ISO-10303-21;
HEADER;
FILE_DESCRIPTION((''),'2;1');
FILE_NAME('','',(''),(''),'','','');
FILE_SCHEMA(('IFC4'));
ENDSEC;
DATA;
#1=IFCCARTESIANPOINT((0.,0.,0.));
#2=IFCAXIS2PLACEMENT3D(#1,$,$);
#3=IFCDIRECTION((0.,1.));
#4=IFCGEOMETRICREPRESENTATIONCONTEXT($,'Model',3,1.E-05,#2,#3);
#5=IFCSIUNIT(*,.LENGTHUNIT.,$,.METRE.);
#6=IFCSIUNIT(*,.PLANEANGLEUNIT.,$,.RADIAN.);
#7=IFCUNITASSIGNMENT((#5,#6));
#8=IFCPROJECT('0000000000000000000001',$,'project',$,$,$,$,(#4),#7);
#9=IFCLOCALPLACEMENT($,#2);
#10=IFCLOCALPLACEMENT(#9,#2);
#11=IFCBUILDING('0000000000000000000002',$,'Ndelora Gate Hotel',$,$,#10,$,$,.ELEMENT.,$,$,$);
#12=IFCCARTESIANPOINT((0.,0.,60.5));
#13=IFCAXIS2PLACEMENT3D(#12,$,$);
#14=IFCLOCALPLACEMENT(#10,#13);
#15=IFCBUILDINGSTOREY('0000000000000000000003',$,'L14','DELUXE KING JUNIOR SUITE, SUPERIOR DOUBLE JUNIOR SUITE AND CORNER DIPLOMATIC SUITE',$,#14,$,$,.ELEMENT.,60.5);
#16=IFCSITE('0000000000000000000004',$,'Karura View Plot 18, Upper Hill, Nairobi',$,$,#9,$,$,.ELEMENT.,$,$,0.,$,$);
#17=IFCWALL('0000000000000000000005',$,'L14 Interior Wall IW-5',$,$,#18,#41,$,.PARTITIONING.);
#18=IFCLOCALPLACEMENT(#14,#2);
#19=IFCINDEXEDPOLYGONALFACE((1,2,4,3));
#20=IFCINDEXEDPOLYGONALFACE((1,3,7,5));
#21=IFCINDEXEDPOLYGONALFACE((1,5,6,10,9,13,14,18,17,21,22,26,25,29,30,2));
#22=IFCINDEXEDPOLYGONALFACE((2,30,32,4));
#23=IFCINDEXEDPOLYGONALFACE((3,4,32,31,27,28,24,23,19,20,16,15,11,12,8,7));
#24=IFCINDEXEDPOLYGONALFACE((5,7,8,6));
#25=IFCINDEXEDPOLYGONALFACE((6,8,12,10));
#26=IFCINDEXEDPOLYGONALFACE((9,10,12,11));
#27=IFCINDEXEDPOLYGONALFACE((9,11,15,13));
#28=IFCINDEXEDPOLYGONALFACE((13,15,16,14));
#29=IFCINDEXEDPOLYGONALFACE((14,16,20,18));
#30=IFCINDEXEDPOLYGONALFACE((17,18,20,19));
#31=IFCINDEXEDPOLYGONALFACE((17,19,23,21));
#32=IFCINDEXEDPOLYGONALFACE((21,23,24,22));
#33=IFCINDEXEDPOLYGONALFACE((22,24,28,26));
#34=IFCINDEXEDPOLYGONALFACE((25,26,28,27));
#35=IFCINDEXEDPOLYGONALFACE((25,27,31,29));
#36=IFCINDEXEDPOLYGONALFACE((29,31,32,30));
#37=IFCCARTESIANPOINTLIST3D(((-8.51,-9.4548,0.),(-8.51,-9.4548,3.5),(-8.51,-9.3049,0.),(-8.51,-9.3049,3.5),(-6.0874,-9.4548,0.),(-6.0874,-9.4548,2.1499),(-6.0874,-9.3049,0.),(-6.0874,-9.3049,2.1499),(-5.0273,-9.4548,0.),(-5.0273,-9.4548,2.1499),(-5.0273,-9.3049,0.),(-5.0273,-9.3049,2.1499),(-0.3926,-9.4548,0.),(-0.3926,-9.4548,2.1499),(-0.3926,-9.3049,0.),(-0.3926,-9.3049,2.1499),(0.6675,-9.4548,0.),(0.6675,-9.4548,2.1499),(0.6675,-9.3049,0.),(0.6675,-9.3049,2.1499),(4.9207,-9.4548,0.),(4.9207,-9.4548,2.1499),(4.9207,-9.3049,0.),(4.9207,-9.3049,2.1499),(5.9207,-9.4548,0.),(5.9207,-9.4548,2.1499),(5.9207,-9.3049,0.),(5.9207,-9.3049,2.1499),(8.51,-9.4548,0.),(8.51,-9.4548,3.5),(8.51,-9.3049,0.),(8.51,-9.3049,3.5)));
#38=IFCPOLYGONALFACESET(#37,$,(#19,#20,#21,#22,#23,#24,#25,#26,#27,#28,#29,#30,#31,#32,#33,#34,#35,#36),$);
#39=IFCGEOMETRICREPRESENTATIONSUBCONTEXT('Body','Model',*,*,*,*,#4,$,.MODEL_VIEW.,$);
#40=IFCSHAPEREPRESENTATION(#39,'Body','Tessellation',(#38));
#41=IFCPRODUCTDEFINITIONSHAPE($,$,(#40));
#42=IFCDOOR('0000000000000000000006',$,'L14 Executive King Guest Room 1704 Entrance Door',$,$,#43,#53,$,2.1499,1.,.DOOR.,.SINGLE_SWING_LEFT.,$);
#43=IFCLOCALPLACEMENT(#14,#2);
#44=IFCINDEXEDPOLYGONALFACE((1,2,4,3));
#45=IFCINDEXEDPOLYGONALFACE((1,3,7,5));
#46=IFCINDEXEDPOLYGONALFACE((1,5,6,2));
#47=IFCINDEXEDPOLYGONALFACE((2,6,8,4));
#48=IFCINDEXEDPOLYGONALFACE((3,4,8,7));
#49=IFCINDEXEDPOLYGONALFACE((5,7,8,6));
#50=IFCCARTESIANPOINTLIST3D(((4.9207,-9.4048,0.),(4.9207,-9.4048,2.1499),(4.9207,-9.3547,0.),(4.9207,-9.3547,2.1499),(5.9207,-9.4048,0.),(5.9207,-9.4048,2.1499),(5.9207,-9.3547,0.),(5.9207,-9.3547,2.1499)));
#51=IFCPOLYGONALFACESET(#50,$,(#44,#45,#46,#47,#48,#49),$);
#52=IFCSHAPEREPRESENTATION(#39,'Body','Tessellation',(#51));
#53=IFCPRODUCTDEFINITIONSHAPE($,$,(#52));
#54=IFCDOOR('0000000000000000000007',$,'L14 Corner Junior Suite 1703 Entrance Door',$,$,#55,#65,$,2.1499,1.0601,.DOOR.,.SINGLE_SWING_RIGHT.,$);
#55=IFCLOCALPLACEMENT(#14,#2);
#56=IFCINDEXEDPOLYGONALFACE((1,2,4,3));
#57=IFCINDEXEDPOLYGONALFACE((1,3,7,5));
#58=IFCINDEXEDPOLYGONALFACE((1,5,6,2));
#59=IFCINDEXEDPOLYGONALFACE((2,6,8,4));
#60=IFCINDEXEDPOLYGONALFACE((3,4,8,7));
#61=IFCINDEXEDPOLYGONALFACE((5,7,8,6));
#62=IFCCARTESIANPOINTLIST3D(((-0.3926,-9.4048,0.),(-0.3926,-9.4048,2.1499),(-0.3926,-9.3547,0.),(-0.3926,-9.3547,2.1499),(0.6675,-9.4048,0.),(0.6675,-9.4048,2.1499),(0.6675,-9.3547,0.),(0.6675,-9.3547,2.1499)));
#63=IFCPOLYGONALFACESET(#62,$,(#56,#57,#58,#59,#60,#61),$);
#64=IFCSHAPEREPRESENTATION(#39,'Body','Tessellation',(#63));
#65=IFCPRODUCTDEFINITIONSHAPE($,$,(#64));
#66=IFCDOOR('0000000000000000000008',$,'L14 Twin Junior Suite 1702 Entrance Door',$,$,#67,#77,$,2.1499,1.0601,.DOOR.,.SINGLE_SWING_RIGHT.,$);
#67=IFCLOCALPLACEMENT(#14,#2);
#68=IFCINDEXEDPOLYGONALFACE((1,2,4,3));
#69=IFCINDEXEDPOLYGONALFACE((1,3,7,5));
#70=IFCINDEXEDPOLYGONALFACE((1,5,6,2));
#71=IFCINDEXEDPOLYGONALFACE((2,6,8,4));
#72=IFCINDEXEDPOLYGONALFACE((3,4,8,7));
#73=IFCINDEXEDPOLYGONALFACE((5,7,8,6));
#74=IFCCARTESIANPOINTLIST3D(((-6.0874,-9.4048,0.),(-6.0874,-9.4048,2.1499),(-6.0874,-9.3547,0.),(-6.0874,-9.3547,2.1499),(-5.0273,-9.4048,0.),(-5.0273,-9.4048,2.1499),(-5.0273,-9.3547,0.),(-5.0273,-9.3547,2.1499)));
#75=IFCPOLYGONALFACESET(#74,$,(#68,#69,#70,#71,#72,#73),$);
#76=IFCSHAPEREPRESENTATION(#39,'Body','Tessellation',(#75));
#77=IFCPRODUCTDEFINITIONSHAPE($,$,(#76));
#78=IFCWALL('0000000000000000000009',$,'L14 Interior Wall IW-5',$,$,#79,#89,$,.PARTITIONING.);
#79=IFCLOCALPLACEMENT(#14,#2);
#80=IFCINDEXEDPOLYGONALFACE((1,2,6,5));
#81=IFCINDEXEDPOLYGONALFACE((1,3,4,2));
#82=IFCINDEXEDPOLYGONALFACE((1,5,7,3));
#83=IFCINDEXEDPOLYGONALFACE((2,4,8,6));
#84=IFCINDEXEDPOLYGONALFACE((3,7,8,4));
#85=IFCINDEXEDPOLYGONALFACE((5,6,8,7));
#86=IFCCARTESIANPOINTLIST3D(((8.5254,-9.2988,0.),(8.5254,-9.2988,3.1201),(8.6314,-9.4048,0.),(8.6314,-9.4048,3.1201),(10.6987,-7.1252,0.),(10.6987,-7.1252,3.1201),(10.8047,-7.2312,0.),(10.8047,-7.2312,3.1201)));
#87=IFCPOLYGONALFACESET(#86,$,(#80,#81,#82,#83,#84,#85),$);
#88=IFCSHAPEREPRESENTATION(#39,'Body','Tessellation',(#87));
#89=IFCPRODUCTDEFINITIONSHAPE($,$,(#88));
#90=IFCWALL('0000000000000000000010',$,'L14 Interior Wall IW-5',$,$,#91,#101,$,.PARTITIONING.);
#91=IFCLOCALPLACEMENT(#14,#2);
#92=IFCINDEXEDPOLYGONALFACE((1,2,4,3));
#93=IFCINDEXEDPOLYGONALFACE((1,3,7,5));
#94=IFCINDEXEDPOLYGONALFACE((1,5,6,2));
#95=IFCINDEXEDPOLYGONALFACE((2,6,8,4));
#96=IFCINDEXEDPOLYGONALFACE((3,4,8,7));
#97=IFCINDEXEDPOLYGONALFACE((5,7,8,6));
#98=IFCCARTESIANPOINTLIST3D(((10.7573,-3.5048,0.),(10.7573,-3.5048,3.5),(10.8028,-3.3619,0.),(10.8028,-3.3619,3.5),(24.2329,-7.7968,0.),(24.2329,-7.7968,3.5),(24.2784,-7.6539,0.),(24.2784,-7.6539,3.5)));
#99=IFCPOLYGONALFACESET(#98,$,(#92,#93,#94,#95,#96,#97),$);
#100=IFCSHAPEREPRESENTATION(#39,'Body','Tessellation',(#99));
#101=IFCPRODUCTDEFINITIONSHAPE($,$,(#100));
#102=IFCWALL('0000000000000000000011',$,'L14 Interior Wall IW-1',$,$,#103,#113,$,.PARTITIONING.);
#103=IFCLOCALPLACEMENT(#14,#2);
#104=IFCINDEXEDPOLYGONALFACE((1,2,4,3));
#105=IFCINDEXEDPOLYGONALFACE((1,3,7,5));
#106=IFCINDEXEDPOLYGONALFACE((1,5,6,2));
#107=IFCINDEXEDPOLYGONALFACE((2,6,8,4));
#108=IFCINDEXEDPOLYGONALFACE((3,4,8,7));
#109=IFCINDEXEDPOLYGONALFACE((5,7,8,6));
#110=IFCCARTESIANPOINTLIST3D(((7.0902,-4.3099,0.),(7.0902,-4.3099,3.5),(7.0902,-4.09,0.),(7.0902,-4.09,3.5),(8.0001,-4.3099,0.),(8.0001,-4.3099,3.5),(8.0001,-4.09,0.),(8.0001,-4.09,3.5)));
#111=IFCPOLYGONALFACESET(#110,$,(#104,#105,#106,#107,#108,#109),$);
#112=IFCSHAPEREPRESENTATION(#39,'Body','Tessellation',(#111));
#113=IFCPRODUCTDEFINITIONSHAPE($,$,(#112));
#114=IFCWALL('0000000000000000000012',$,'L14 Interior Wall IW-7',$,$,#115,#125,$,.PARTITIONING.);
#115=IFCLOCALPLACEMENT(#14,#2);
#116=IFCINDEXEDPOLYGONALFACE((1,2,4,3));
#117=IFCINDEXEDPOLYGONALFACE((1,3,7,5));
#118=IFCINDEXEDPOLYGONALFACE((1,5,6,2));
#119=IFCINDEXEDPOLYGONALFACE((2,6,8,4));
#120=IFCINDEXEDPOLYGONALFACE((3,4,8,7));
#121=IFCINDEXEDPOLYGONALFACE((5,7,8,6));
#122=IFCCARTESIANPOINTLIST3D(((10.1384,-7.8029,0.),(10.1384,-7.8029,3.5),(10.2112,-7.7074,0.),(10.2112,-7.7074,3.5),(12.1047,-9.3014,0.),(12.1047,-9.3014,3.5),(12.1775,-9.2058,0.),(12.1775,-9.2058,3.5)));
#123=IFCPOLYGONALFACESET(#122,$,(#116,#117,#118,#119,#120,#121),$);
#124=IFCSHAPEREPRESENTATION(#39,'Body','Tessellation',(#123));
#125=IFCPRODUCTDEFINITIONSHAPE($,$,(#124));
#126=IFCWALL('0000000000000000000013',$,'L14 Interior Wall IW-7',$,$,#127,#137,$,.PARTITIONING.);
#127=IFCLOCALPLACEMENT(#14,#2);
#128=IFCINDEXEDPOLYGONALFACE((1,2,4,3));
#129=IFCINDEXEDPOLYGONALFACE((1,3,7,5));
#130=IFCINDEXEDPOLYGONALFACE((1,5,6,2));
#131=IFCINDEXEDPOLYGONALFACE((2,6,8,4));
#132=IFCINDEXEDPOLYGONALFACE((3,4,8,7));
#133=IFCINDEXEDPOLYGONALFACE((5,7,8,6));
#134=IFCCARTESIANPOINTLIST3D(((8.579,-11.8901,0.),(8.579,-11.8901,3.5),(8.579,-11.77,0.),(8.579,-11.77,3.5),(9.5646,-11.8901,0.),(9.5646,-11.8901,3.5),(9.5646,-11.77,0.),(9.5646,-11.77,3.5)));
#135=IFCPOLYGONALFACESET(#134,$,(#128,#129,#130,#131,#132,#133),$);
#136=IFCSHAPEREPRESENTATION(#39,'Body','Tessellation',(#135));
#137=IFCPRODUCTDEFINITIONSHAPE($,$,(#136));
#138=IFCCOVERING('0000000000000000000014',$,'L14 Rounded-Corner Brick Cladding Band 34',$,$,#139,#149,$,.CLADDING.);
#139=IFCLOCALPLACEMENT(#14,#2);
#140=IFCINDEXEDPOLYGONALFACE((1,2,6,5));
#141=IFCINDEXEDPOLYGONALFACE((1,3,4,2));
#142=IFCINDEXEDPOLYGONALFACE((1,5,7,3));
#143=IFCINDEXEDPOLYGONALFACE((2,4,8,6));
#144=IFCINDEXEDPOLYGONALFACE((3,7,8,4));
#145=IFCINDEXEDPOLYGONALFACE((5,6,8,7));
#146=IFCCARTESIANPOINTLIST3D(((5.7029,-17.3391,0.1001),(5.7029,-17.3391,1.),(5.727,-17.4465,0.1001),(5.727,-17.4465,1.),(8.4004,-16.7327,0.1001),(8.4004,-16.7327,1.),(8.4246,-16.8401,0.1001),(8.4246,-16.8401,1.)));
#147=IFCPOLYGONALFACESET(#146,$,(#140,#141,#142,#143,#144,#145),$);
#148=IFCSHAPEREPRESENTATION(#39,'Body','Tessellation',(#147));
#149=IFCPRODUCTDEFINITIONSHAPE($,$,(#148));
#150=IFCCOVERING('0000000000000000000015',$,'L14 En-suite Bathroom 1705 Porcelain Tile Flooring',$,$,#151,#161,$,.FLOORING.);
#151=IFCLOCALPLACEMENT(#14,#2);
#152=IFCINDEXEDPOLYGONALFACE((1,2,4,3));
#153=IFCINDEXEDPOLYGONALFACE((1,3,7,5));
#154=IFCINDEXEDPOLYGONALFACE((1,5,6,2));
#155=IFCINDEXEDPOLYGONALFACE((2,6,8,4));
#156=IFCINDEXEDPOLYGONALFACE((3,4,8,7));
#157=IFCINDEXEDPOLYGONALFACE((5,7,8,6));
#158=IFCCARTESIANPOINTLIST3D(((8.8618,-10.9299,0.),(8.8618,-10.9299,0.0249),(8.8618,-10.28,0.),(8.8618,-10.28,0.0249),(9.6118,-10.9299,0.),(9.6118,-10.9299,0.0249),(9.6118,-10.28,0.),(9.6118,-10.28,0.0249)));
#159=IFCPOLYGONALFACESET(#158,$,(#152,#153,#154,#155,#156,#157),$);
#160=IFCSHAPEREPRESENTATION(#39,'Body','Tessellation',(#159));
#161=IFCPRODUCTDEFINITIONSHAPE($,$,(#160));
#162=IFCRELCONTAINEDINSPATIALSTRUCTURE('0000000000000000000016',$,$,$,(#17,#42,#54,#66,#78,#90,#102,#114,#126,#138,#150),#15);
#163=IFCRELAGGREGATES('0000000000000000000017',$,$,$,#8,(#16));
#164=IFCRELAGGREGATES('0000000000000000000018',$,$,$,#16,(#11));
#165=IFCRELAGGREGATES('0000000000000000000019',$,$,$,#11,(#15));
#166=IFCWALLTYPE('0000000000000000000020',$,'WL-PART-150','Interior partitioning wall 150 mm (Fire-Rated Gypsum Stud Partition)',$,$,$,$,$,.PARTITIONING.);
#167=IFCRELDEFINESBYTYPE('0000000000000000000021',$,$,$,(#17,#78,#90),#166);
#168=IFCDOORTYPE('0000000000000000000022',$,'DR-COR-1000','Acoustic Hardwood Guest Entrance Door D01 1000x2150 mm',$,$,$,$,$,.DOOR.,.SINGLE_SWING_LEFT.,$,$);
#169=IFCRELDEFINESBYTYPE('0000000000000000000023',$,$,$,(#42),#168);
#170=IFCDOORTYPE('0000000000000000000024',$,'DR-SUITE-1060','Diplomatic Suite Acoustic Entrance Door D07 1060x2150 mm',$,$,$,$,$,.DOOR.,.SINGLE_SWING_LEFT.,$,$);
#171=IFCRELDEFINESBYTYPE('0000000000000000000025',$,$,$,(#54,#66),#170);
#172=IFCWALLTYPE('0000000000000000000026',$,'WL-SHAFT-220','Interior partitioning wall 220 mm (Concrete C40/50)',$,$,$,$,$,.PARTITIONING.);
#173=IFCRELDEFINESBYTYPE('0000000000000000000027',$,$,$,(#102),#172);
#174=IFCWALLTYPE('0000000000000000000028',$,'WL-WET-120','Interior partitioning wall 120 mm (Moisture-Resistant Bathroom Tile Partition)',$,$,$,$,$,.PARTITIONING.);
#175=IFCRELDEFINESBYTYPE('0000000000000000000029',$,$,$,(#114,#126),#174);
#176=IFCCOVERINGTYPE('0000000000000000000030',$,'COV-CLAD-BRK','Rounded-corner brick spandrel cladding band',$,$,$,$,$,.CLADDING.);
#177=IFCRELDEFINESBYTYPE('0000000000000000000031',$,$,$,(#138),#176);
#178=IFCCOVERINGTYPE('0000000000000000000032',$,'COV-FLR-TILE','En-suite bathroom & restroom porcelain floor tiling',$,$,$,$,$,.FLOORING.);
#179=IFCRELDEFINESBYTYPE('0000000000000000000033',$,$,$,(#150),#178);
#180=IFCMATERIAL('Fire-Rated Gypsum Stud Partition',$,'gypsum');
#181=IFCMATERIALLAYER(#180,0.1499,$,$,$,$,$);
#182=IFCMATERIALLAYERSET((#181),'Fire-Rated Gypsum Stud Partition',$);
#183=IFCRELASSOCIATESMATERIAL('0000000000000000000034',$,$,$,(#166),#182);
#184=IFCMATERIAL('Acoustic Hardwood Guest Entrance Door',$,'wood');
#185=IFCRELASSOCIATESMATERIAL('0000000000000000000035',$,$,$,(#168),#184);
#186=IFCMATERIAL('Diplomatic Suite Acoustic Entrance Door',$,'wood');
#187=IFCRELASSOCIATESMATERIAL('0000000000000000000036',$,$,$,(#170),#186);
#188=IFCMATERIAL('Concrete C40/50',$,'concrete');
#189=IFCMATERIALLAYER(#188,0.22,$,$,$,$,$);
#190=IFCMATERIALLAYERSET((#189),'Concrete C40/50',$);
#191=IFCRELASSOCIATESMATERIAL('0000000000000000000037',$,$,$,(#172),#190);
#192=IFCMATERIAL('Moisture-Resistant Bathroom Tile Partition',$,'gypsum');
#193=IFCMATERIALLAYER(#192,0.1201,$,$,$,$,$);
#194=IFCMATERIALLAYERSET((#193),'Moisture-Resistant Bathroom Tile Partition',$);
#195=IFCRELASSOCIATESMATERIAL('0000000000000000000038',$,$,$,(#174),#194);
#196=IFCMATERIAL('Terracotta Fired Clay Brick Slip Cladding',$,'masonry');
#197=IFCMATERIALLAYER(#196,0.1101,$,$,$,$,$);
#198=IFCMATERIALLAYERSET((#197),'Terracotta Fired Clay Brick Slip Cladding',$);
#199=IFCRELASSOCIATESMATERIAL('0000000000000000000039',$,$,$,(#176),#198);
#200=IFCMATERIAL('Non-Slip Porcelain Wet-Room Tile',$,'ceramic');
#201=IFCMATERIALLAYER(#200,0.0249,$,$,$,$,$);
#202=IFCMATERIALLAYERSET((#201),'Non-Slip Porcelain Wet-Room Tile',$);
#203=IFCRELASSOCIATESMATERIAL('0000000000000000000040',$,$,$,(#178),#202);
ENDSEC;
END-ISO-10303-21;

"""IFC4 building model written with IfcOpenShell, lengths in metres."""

from ifc_helpers import new_model, si_unit, direction, frame, frame_2d, origin, origin_2d, place, context, subcontext, project, spatial, rectangle, extrude, material, layer, layer_set, type_object, element, fill, save


model = new_model("IFC4")

# Units and contexts
model_context = context("Model", 3, precision=1e-05, world=origin(), true_north=direction((0.0, 1.0)))
body_context = subcontext(model_context, "Body", "Model", "MODEL_VIEW")
ifc_project = project(units=[si_unit("LENGTHUNIT", "METRE"), si_unit("PLANEANGLEUNIT", "RADIAN")], contexts=[model_context])

# Site, building, storey
site_placement = place(None, origin())
site = spatial("IfcSite", under=ifc_project, at=site_placement, Name="Karura View Plot 18, Upper Hill, Nairobi", CompositionType="ELEMENT", RefElevation=0.0)
building_placement = place(site_placement, origin())
building = spatial("IfcBuilding", under=site, at=building_placement, Name="Ndelora Gate Hotel", CompositionType="ELEMENT")
storey_placement = place(building_placement, frame((0.0, 0.0, 60.5)))
storey = spatial("IfcBuildingStorey", under=building, at=storey_placement, Name="L14", Description="DELUXE KING JUNIOR SUITE, SUPERIOR DOUBLE JUNIOR SUITE AND CORNER DIPLOMATIC SUITE", CompositionType="ELEMENT", Elevation=60.5)

# Wall, openings, doors
ifc_material_1 = material(Name="Fire-Rated Gypsum Stud Partition", Category="gypsum")
ifc_layer_1 = layer(ifc_material_1, 0.1499)
ifc_layer_set_1 = layer_set([ifc_layer_1], Name="Fire-Rated Gypsum Stud Partition")
wall_type_1 = type_object("IfcWallType", Name="WL-PART-150", Description="Interior partitioning wall 150 mm (Fire-Rated Gypsum Stud Partition)", PredefinedType="PARTITIONING", material=ifc_layer_set_1)
wall_1_placement = place(storey_placement, frame((8.51, -9.3799, 0.0), z_axis=(0.0, 0.0, 1.0), x_axis=(-1.0, 0.0, 0.0)))
wall_1 = element("IfcWall", 1, at=wall_1_placement, inside=storey, type_object=wall_type_1, Name="L14 Interior Wall IW-5", PredefinedType="PARTITIONING", context=body_context, shape_type="SweptSolid", body=[
    extrude(rectangle(XDim=17.02, YDim=0.1499, at=frame_2d((8.51, 0.0))), origin(), (0.0, 0.0, 1.0), 3.5),
])
opening_1_placement = place(wall_1_placement, frame((2.5894, 0.0, 0.0)))
opening_1 = element("IfcOpeningElement", 2, at=opening_1_placement, cuts=wall_1, PredefinedType="OPENING", context=body_context, shape_type="SweptSolid", body=[
    extrude(rectangle(XDim=1.0, YDim=2.1499, at=frame_2d((0.5, 1.075))), frame((0.0, 0.085, 0.0), z_axis=(0.0, -1.0, 0.0), x_axis=(1.0, 0.0, 0.0)), (0.0, 0.0, 1.0), 0.1699),
])
opening_2_placement = place(wall_1_placement, frame((7.8425, 0.0, 0.0)))
opening_2 = element("IfcOpeningElement", 3, at=opening_2_placement, cuts=wall_1, PredefinedType="OPENING", context=body_context, shape_type="SweptSolid", body=[
    extrude(rectangle(XDim=1.0601, YDim=2.1499, at=frame_2d((0.53, 1.075))), frame((0.0, 0.085, 0.0), z_axis=(0.0, -1.0, 0.0), x_axis=(1.0, 0.0, 0.0)), (0.0, 0.0, 1.0), 0.1699),
])
opening_3_placement = place(wall_1_placement, frame((13.5374, 0.0, 0.0)))
opening_3 = element("IfcOpeningElement", 4, at=opening_3_placement, cuts=wall_1, PredefinedType="OPENING", context=body_context, shape_type="SweptSolid", body=[
    extrude(rectangle(XDim=1.0601, YDim=2.1499, at=frame_2d((0.53, 1.075))), frame((0.0, 0.085, 0.0), z_axis=(0.0, -1.0, 0.0), x_axis=(1.0, 0.0, 0.0)), (0.0, 0.0, 1.0), 0.1699),
])
ifc_material_2 = material(Name="Acoustic Hardwood Guest Entrance Door", Category="wood")
door_type_1 = type_object("IfcDoorType", Name="DR-COR-1000", Description="Acoustic Hardwood Guest Entrance Door D01 1000x2150 mm", OperationType="SINGLE_SWING_LEFT", PredefinedType="DOOR", material=ifc_material_2)
door_1_placement = place(opening_1_placement, origin())
door_1 = element("IfcDoor", 5, at=door_1_placement, inside=storey, type_object=door_type_1, Name="L14 Executive King Guest Room 1704 Entrance Door", OperationType="SINGLE_SWING_LEFT", OverallHeight=2.1499, OverallWidth=1.0, PredefinedType="DOOR", context=body_context, shape_type="SweptSolid", body=[
    extrude(rectangle(XDim=1.0, YDim=2.1499, at=frame_2d((0.5, 1.075))), frame((0.0, 0.0249, 0.0), z_axis=(0.0, -1.0, 0.0), x_axis=(1.0, 0.0, 0.0)), (0.0, 0.0, 1.0), 0.05),
])
fill(opening_1, door_1)
ifc_material_3 = material(Name="Diplomatic Suite Acoustic Entrance Door", Category="wood")
door_type_2 = type_object("IfcDoorType", Name="DR-SUITE-1060", Description="Diplomatic Suite Acoustic Entrance Door D07 1060x2150 mm", OperationType="SINGLE_SWING_LEFT", PredefinedType="DOOR", material=ifc_material_3)
door_2_placement = place(opening_2_placement, origin())
door_2 = element("IfcDoor", 6, at=door_2_placement, inside=storey, type_object=door_type_2, Name="L14 Corner Junior Suite 1703 Entrance Door", OperationType="SINGLE_SWING_RIGHT", OverallHeight=2.1499, OverallWidth=1.0601, PredefinedType="DOOR", context=body_context, shape_type="SweptSolid", body=[
    extrude(rectangle(XDim=1.0601, YDim=2.1499, at=frame_2d((0.53, 1.075))), frame((0.0, 0.0249, 0.0), z_axis=(0.0, -1.0, 0.0), x_axis=(1.0, 0.0, 0.0)), (0.0, 0.0, 1.0), 0.05),
])
fill(opening_2, door_2)
door_3_placement = place(opening_3_placement, origin())
door_3 = element("IfcDoor", 7, at=door_3_placement, inside=storey, type_object=door_type_2, Name="L14 Twin Junior Suite 1702 Entrance Door", OperationType="SINGLE_SWING_RIGHT", OverallHeight=2.1499, OverallWidth=1.0601, PredefinedType="DOOR", context=body_context, shape_type="SweptSolid", body=[
    extrude(rectangle(XDim=1.0601, YDim=2.1499, at=frame_2d((0.53, 1.075))), frame((0.0, 0.0249, 0.0), z_axis=(0.0, -1.0, 0.0), x_axis=(1.0, 0.0, 0.0)), (0.0, 0.0, 1.0), 0.05),
])
fill(opening_3, door_3)

# Walls
wall_2_placement = place(storey_placement, frame((10.7517, -7.1782, 0.0), z_axis=(0.0, 0.0, 1.0), x_axis=(-0.707067, -0.707146, 0.0)))
element("IfcWall", 8, at=wall_2_placement, inside=storey, type_object=wall_type_1, Name="L14 Interior Wall IW-5", PredefinedType="PARTITIONING", context=body_context, shape_type="SweptSolid", body=[
    extrude(rectangle(XDim=3.0737, YDim=0.1499, at=frame_2d((1.5369, 0.0))), origin(), (0.0, 0.0, 1.0), 3.1201),
])
wall_3_placement = place(storey_placement, frame((10.78, -3.4333, 0.0), z_axis=(0.0, 0.0, 1.0), x_axis=(0.952838, -0.30348, 0.0)))
element("IfcWall", 9, at=wall_3_placement, inside=storey, type_object=wall_type_1, Name="L14 Interior Wall IW-5", PredefinedType="PARTITIONING", context=body_context, shape_type="SweptSolid", body=[
    extrude(rectangle(XDim=14.1426, YDim=0.1499, at=frame_2d((7.0713, 0.0))), origin(), (0.0, 0.0, 1.0), 3.5),
])
ifc_material_4 = material(Name="Concrete C40/50", Category="concrete")
ifc_layer_2 = layer(ifc_material_4, 0.22)
ifc_layer_set_2 = layer_set([ifc_layer_2], Name="Concrete C40/50")
wall_type_2 = type_object("IfcWallType", Name="WL-SHAFT-220", Description="Interior partitioning wall 220 mm (Concrete C40/50)", PredefinedType="PARTITIONING", material=ifc_layer_set_2)
wall_4_placement = place(storey_placement, frame((7.0901, -4.2, 0.0), z_axis=(0.0, 0.0, 1.0), x_axis=(1.0, 0.0, 0.0)))
element("IfcWall", 10, at=wall_4_placement, inside=storey, type_object=wall_type_2, Name="L14 Interior Wall IW-1", PredefinedType="PARTITIONING", context=body_context, shape_type="SweptSolid", body=[
    extrude(rectangle(XDim=0.9099, YDim=0.22, at=frame_2d((0.4551, 0.0))), origin(), (0.0, 0.0, 1.0), 3.5),
])
ifc_material_5 = material(Name="Moisture-Resistant Bathroom Tile Partition", Category="gypsum")
ifc_layer_3 = layer(ifc_material_5, 0.1201)
ifc_layer_set_3 = layer_set([ifc_layer_3], Name="Moisture-Resistant Bathroom Tile Partition")
wall_type_3 = type_object("IfcWallType", Name="WL-WET-120", Description="Interior partitioning wall 120 mm (Moisture-Resistant Bathroom Tile Partition)", PredefinedType="PARTITIONING", material=ifc_layer_set_3)
wall_5_placement = place(storey_placement, frame((10.1748, -7.7551, 0.0), z_axis=(0.0, 0.0, 1.0), x_axis=(0.795355, -0.606144, 0.0)))
element("IfcWall", 11, at=wall_5_placement, inside=storey, type_object=wall_type_3, Name="L14 Interior Wall IW-7", PredefinedType="PARTITIONING", context=body_context, shape_type="SweptSolid", body=[
    extrude(rectangle(XDim=2.4722, YDim=0.1201, at=frame_2d((1.2361, 0.0))), origin(), (0.0, 0.0, 1.0), 3.5),
])
wall_6_placement = place(storey_placement, frame((8.5791, -11.8301, 0.0), z_axis=(0.0, 0.0, 1.0), x_axis=(1.0, 0.0, 0.0)))
element("IfcWall", 12, at=wall_6_placement, inside=storey, type_object=wall_type_3, Name="L14 Interior Wall IW-7", PredefinedType="PARTITIONING", context=body_context, shape_type="SweptSolid", body=[
    extrude(rectangle(XDim=0.9856, YDim=0.1201, at=frame_2d((0.4927, 0.0))), origin(), (0.0, 0.0, 1.0), 3.5),
])

# Coverings
ifc_material_6 = material(Name="Terracotta Fired Clay Brick Slip Cladding", Category="masonry")
ifc_layer_4 = layer(ifc_material_6, 0.1101)
ifc_layer_set_4 = layer_set([ifc_layer_4], Name="Terracotta Fired Clay Brick Slip Cladding")
covering_type_1 = type_object("IfcCoveringType", Name="COV-CLAD-BRK", Description="Rounded-corner brick spandrel cladding band", PredefinedType="CLADDING", material=ifc_layer_set_4)
covering_1_placement = place(storey_placement, frame((7.0637, -17.0896, 0.1001), z_axis=(0.0, 0.0, 1.0), x_axis=(0.97565, 0.219335, 0.0)))
element("IfcCovering", 13, at=covering_1_placement, inside=storey, type_object=covering_type_1, Name="L14 Rounded-Corner Brick Cladding Band 34", PredefinedType="CLADDING", context=body_context, shape_type="SweptSolid", body=[
    extrude(rectangle(XDim=2.7649, YDim=0.1101, at=origin_2d()), origin(), (0.0, 0.0, 1.0), 0.8999),
])
ifc_material_7 = material(Name="Non-Slip Porcelain Wet-Room Tile", Category="ceramic")
ifc_layer_5 = layer(ifc_material_7, 0.0249)
ifc_layer_set_5 = layer_set([ifc_layer_5], Name="Non-Slip Porcelain Wet-Room Tile")
covering_type_2 = type_object("IfcCoveringType", Name="COV-FLR-TILE", Description="En-suite bathroom & restroom porcelain floor tiling", PredefinedType="FLOORING", material=ifc_layer_set_5)
covering_2_placement = place(storey_placement, frame((9.2368, -10.605, 0.0), z_axis=(0.0, 0.0, 1.0), x_axis=(1.0, 0.0, 0.0)))
element("IfcCovering", 14, at=covering_2_placement, inside=storey, type_object=covering_type_2, Name="L14 En-suite Bathroom 1705 Porcelain Tile Flooring", PredefinedType="FLOORING", context=body_context, shape_type="SweptSolid", body=[
    extrude(rectangle(XDim=0.75, YDim=0.6499, at=origin_2d()), origin(), (0.0, 0.0, 1.0), 0.0249),
])

save(model, "model.ifc")
